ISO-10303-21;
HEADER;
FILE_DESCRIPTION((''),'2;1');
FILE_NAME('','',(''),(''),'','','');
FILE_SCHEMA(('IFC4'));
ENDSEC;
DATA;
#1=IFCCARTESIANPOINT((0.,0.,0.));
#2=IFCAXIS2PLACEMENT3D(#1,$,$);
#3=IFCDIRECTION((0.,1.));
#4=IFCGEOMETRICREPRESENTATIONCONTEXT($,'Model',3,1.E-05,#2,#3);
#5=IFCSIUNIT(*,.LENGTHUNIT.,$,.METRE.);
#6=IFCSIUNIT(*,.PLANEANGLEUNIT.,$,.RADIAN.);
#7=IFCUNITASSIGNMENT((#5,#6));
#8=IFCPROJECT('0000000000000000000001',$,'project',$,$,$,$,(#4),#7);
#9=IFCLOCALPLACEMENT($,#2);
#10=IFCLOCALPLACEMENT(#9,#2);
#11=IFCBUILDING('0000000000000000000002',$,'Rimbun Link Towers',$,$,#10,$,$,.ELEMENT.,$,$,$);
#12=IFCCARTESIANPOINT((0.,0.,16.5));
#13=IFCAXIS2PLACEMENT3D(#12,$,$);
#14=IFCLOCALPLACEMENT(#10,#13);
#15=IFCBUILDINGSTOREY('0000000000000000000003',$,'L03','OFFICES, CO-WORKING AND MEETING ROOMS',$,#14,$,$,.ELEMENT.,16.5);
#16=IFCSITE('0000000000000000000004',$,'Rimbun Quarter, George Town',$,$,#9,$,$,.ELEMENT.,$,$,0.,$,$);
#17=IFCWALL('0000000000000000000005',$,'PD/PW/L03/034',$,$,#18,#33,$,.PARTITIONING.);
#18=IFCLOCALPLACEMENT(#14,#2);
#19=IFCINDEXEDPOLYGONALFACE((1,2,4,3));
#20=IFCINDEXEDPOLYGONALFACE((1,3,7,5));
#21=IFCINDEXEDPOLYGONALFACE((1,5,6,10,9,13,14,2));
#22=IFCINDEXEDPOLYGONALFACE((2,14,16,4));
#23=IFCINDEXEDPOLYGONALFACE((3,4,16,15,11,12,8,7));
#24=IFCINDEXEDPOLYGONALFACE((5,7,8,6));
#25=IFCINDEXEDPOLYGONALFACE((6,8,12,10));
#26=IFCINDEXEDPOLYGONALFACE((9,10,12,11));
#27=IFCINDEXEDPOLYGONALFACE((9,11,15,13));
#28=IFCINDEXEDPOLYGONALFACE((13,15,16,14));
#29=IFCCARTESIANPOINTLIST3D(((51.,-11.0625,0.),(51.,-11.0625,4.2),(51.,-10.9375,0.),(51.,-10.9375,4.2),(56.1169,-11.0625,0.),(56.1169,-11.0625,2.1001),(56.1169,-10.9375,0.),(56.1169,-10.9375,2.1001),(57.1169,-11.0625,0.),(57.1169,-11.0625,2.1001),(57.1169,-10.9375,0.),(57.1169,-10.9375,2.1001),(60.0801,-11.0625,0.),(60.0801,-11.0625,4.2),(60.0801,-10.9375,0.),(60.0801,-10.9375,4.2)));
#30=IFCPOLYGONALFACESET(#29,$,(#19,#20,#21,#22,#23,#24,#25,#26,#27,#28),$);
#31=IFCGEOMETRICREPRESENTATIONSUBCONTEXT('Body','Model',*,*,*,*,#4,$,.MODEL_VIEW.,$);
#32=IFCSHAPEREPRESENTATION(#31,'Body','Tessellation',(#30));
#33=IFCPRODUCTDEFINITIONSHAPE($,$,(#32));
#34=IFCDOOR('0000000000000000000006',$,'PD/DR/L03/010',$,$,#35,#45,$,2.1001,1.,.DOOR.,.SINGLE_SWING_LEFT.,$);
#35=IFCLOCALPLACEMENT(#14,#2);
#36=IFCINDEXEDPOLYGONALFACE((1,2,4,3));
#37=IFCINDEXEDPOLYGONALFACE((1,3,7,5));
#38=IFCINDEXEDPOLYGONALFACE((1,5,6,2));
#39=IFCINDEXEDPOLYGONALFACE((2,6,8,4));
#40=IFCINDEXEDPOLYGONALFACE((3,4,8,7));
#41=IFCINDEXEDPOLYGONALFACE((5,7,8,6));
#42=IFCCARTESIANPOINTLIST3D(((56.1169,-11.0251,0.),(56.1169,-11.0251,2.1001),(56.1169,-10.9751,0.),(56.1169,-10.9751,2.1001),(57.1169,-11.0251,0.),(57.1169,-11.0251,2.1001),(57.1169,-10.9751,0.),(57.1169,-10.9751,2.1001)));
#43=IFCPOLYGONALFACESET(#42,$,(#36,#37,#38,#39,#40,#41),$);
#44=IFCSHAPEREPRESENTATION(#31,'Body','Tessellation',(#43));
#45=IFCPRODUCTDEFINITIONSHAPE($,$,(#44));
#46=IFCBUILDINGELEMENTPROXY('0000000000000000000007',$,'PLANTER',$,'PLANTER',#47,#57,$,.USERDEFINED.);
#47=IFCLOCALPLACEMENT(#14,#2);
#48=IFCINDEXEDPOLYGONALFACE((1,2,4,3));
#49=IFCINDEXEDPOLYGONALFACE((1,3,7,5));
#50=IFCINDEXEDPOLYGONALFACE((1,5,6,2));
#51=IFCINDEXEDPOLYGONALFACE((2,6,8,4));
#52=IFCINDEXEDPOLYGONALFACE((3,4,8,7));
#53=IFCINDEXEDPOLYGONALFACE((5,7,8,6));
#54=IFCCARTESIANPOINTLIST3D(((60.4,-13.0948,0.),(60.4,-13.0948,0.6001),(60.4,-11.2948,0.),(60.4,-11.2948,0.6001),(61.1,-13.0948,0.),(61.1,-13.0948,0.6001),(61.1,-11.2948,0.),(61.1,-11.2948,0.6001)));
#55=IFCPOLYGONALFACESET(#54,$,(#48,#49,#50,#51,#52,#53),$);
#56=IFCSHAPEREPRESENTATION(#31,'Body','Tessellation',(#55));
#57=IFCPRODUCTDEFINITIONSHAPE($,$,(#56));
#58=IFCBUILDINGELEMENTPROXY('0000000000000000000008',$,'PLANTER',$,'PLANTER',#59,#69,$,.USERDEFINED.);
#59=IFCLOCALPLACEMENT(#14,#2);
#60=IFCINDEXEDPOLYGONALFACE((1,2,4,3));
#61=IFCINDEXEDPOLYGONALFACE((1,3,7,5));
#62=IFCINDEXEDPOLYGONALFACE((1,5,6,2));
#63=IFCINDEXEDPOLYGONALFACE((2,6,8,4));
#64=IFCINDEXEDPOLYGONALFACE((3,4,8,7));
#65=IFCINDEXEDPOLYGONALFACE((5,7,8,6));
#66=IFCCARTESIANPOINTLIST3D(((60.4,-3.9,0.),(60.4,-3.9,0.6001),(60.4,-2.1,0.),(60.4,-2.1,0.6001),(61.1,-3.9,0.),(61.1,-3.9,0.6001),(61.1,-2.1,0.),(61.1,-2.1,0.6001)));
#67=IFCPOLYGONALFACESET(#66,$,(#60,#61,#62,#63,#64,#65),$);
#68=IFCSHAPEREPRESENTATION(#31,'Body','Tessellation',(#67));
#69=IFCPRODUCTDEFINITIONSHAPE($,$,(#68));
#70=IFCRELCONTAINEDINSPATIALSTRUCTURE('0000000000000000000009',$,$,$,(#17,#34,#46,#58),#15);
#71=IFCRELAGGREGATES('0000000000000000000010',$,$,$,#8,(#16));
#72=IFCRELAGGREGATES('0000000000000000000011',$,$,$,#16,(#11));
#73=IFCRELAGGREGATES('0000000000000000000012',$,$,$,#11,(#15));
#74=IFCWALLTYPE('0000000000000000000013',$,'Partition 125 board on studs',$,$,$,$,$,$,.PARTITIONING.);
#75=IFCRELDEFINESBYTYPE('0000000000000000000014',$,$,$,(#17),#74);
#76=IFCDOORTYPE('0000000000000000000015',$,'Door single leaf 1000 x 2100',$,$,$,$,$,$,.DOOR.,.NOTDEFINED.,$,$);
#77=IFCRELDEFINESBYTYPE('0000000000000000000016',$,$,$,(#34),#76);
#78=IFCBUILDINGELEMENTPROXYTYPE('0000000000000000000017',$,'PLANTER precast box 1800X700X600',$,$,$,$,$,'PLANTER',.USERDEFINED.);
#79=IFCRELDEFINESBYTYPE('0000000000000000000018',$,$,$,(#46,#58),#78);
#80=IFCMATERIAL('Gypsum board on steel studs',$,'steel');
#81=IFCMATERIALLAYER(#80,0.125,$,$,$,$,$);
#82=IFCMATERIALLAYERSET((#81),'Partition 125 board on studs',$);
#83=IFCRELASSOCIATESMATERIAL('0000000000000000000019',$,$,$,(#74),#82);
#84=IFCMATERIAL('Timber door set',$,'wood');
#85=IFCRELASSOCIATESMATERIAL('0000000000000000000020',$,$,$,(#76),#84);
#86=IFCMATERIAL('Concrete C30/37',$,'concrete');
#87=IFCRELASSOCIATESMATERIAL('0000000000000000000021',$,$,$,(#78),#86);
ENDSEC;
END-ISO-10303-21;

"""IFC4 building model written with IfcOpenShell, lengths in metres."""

from ifc_helpers import new_model, si_unit, direction, frame, frame_2d, origin, origin_2d, place, context, subcontext, project, spatial, rectangle, extrude, material, layer, layer_set, type_object, element, fill, save


model = new_model("IFC4")

# Units and contexts
model_context = context("Model", 3, precision=1e-05, world=origin(), true_north=direction((0.0, 1.0)))
body_context = subcontext(model_context, "Body", "Model", "MODEL_VIEW")
ifc_project = project(units=[si_unit("LENGTHUNIT", "METRE"), si_unit("PLANEANGLEUNIT", "RADIAN")], contexts=[model_context])

# Site, building, storey
site_placement = place(None, origin())
site = spatial("IfcSite", under=ifc_project, at=site_placement, Name="Rimbun Quarter, George Town", CompositionType="ELEMENT", RefElevation=0.0)
building_placement = place(site_placement, origin())
building = spatial("IfcBuilding", under=site, at=building_placement, Name="Rimbun Link Towers", CompositionType="ELEMENT")
storey_placement = place(building_placement, frame((0.0, 0.0, 16.5)))
storey = spatial("IfcBuildingStorey", under=building, at=storey_placement, Name="L03", Description="OFFICES, CO-WORKING AND MEETING ROOMS", CompositionType="ELEMENT", Elevation=16.5)

# Wall, opening, door
ifc_material_1 = material(Name="Gypsum board on steel studs", Category="steel")
ifc_layer_1 = layer(ifc_material_1, 0.125)
ifc_layer_set_1 = layer_set([ifc_layer_1], Name="Partition 125 board on studs")
wall_type = type_object("IfcWallType", Name="Partition 125 board on studs", PredefinedType="PARTITIONING", material=ifc_layer_set_1)
wall_placement = place(storey_placement, frame((51.0, -11.0, 0.0), z_axis=(0.0, 0.0, 1.0), x_axis=(1.0, 0.0, 0.0)))
wall = element("IfcWall", 1, at=wall_placement, inside=storey, type_object=wall_type, Name="PD/PW/L03/034", PredefinedType="PARTITIONING", context=body_context, shape_type="SweptSolid", body=[
    extrude(rectangle(XDim=9.0801, YDim=0.125, at=frame_2d((4.54, 0.0))), origin(), (0.0, 0.0, 1.0), 4.2),
])
opening_placement = place(wall_placement, frame((5.1169, 0.0, 0.0)))
opening = element("IfcOpeningElement", 2, at=opening_placement, cuts=wall, PredefinedType="OPENING", context=body_context, shape_type="SweptSolid", body=[
    extrude(rectangle(XDim=1.0, YDim=2.1001, at=frame_2d((0.5, 1.05))), frame((0.0, 0.0725, 0.0), z_axis=(0.0, -1.0, 0.0), x_axis=(1.0, 0.0, 0.0)), (0.0, 0.0, 1.0), 0.145),
])
ifc_material_2 = material(Name="Timber door set", Category="wood")
door_type = type_object("IfcDoorType", Name="Door single leaf 1000 x 2100", OperationType="NOTDEFINED", PredefinedType="DOOR", material=ifc_material_2)
door_placement = place(opening_placement, origin())
door = element("IfcDoor", 3, at=door_placement, inside=storey, type_object=door_type, Name="PD/DR/L03/010", OperationType="SINGLE_SWING_LEFT", OverallHeight=2.1001, OverallWidth=1.0, PredefinedType="DOOR", context=body_context, shape_type="SweptSolid", body=[
    extrude(rectangle(XDim=1.0, YDim=2.1001, at=frame_2d((0.5, 1.05))), frame((0.0, 0.0249, 0.0), z_axis=(0.0, -1.0, 0.0), x_axis=(1.0, 0.0, 0.0)), (0.0, 0.0, 1.0), 0.05),
])
fill(opening, door)

# Building element proxies
ifc_material_3 = material(Name="Concrete C30/37", Category="concrete")
building_element_proxy_type = type_object("IfcBuildingElementProxyType", Name="PLANTER precast box 1800X700X600", ElementType="PLANTER", PredefinedType="USERDEFINED", material=ifc_material_3)
for number, where, z_axis, x_axis, name in (
    (4, (60.75, -12.1948, 0.0), (0.0, 0.0, 1.0), (0.0, 1.0, 0.0), "PLANTER"),
    (5, (60.75, -3.0, 0.0), (0.0, 0.0, 1.0), (0.0, 1.0, 0.0), "PLANTER"),
):
    element("IfcBuildingElementProxy", number, at=place(storey_placement, frame(where, z_axis=z_axis, x_axis=x_axis)), inside=storey, type_object=building_element_proxy_type, Name=name, ObjectType="PLANTER", PredefinedType="USERDEFINED", context=body_context, shape_type="SweptSolid", body=[
        extrude(rectangle(XDim=1.8, YDim=0.7, at=origin_2d()), origin(), (0.0, 0.0, 1.0), 0.6001),
    ])

save(model, "model.ifc")
